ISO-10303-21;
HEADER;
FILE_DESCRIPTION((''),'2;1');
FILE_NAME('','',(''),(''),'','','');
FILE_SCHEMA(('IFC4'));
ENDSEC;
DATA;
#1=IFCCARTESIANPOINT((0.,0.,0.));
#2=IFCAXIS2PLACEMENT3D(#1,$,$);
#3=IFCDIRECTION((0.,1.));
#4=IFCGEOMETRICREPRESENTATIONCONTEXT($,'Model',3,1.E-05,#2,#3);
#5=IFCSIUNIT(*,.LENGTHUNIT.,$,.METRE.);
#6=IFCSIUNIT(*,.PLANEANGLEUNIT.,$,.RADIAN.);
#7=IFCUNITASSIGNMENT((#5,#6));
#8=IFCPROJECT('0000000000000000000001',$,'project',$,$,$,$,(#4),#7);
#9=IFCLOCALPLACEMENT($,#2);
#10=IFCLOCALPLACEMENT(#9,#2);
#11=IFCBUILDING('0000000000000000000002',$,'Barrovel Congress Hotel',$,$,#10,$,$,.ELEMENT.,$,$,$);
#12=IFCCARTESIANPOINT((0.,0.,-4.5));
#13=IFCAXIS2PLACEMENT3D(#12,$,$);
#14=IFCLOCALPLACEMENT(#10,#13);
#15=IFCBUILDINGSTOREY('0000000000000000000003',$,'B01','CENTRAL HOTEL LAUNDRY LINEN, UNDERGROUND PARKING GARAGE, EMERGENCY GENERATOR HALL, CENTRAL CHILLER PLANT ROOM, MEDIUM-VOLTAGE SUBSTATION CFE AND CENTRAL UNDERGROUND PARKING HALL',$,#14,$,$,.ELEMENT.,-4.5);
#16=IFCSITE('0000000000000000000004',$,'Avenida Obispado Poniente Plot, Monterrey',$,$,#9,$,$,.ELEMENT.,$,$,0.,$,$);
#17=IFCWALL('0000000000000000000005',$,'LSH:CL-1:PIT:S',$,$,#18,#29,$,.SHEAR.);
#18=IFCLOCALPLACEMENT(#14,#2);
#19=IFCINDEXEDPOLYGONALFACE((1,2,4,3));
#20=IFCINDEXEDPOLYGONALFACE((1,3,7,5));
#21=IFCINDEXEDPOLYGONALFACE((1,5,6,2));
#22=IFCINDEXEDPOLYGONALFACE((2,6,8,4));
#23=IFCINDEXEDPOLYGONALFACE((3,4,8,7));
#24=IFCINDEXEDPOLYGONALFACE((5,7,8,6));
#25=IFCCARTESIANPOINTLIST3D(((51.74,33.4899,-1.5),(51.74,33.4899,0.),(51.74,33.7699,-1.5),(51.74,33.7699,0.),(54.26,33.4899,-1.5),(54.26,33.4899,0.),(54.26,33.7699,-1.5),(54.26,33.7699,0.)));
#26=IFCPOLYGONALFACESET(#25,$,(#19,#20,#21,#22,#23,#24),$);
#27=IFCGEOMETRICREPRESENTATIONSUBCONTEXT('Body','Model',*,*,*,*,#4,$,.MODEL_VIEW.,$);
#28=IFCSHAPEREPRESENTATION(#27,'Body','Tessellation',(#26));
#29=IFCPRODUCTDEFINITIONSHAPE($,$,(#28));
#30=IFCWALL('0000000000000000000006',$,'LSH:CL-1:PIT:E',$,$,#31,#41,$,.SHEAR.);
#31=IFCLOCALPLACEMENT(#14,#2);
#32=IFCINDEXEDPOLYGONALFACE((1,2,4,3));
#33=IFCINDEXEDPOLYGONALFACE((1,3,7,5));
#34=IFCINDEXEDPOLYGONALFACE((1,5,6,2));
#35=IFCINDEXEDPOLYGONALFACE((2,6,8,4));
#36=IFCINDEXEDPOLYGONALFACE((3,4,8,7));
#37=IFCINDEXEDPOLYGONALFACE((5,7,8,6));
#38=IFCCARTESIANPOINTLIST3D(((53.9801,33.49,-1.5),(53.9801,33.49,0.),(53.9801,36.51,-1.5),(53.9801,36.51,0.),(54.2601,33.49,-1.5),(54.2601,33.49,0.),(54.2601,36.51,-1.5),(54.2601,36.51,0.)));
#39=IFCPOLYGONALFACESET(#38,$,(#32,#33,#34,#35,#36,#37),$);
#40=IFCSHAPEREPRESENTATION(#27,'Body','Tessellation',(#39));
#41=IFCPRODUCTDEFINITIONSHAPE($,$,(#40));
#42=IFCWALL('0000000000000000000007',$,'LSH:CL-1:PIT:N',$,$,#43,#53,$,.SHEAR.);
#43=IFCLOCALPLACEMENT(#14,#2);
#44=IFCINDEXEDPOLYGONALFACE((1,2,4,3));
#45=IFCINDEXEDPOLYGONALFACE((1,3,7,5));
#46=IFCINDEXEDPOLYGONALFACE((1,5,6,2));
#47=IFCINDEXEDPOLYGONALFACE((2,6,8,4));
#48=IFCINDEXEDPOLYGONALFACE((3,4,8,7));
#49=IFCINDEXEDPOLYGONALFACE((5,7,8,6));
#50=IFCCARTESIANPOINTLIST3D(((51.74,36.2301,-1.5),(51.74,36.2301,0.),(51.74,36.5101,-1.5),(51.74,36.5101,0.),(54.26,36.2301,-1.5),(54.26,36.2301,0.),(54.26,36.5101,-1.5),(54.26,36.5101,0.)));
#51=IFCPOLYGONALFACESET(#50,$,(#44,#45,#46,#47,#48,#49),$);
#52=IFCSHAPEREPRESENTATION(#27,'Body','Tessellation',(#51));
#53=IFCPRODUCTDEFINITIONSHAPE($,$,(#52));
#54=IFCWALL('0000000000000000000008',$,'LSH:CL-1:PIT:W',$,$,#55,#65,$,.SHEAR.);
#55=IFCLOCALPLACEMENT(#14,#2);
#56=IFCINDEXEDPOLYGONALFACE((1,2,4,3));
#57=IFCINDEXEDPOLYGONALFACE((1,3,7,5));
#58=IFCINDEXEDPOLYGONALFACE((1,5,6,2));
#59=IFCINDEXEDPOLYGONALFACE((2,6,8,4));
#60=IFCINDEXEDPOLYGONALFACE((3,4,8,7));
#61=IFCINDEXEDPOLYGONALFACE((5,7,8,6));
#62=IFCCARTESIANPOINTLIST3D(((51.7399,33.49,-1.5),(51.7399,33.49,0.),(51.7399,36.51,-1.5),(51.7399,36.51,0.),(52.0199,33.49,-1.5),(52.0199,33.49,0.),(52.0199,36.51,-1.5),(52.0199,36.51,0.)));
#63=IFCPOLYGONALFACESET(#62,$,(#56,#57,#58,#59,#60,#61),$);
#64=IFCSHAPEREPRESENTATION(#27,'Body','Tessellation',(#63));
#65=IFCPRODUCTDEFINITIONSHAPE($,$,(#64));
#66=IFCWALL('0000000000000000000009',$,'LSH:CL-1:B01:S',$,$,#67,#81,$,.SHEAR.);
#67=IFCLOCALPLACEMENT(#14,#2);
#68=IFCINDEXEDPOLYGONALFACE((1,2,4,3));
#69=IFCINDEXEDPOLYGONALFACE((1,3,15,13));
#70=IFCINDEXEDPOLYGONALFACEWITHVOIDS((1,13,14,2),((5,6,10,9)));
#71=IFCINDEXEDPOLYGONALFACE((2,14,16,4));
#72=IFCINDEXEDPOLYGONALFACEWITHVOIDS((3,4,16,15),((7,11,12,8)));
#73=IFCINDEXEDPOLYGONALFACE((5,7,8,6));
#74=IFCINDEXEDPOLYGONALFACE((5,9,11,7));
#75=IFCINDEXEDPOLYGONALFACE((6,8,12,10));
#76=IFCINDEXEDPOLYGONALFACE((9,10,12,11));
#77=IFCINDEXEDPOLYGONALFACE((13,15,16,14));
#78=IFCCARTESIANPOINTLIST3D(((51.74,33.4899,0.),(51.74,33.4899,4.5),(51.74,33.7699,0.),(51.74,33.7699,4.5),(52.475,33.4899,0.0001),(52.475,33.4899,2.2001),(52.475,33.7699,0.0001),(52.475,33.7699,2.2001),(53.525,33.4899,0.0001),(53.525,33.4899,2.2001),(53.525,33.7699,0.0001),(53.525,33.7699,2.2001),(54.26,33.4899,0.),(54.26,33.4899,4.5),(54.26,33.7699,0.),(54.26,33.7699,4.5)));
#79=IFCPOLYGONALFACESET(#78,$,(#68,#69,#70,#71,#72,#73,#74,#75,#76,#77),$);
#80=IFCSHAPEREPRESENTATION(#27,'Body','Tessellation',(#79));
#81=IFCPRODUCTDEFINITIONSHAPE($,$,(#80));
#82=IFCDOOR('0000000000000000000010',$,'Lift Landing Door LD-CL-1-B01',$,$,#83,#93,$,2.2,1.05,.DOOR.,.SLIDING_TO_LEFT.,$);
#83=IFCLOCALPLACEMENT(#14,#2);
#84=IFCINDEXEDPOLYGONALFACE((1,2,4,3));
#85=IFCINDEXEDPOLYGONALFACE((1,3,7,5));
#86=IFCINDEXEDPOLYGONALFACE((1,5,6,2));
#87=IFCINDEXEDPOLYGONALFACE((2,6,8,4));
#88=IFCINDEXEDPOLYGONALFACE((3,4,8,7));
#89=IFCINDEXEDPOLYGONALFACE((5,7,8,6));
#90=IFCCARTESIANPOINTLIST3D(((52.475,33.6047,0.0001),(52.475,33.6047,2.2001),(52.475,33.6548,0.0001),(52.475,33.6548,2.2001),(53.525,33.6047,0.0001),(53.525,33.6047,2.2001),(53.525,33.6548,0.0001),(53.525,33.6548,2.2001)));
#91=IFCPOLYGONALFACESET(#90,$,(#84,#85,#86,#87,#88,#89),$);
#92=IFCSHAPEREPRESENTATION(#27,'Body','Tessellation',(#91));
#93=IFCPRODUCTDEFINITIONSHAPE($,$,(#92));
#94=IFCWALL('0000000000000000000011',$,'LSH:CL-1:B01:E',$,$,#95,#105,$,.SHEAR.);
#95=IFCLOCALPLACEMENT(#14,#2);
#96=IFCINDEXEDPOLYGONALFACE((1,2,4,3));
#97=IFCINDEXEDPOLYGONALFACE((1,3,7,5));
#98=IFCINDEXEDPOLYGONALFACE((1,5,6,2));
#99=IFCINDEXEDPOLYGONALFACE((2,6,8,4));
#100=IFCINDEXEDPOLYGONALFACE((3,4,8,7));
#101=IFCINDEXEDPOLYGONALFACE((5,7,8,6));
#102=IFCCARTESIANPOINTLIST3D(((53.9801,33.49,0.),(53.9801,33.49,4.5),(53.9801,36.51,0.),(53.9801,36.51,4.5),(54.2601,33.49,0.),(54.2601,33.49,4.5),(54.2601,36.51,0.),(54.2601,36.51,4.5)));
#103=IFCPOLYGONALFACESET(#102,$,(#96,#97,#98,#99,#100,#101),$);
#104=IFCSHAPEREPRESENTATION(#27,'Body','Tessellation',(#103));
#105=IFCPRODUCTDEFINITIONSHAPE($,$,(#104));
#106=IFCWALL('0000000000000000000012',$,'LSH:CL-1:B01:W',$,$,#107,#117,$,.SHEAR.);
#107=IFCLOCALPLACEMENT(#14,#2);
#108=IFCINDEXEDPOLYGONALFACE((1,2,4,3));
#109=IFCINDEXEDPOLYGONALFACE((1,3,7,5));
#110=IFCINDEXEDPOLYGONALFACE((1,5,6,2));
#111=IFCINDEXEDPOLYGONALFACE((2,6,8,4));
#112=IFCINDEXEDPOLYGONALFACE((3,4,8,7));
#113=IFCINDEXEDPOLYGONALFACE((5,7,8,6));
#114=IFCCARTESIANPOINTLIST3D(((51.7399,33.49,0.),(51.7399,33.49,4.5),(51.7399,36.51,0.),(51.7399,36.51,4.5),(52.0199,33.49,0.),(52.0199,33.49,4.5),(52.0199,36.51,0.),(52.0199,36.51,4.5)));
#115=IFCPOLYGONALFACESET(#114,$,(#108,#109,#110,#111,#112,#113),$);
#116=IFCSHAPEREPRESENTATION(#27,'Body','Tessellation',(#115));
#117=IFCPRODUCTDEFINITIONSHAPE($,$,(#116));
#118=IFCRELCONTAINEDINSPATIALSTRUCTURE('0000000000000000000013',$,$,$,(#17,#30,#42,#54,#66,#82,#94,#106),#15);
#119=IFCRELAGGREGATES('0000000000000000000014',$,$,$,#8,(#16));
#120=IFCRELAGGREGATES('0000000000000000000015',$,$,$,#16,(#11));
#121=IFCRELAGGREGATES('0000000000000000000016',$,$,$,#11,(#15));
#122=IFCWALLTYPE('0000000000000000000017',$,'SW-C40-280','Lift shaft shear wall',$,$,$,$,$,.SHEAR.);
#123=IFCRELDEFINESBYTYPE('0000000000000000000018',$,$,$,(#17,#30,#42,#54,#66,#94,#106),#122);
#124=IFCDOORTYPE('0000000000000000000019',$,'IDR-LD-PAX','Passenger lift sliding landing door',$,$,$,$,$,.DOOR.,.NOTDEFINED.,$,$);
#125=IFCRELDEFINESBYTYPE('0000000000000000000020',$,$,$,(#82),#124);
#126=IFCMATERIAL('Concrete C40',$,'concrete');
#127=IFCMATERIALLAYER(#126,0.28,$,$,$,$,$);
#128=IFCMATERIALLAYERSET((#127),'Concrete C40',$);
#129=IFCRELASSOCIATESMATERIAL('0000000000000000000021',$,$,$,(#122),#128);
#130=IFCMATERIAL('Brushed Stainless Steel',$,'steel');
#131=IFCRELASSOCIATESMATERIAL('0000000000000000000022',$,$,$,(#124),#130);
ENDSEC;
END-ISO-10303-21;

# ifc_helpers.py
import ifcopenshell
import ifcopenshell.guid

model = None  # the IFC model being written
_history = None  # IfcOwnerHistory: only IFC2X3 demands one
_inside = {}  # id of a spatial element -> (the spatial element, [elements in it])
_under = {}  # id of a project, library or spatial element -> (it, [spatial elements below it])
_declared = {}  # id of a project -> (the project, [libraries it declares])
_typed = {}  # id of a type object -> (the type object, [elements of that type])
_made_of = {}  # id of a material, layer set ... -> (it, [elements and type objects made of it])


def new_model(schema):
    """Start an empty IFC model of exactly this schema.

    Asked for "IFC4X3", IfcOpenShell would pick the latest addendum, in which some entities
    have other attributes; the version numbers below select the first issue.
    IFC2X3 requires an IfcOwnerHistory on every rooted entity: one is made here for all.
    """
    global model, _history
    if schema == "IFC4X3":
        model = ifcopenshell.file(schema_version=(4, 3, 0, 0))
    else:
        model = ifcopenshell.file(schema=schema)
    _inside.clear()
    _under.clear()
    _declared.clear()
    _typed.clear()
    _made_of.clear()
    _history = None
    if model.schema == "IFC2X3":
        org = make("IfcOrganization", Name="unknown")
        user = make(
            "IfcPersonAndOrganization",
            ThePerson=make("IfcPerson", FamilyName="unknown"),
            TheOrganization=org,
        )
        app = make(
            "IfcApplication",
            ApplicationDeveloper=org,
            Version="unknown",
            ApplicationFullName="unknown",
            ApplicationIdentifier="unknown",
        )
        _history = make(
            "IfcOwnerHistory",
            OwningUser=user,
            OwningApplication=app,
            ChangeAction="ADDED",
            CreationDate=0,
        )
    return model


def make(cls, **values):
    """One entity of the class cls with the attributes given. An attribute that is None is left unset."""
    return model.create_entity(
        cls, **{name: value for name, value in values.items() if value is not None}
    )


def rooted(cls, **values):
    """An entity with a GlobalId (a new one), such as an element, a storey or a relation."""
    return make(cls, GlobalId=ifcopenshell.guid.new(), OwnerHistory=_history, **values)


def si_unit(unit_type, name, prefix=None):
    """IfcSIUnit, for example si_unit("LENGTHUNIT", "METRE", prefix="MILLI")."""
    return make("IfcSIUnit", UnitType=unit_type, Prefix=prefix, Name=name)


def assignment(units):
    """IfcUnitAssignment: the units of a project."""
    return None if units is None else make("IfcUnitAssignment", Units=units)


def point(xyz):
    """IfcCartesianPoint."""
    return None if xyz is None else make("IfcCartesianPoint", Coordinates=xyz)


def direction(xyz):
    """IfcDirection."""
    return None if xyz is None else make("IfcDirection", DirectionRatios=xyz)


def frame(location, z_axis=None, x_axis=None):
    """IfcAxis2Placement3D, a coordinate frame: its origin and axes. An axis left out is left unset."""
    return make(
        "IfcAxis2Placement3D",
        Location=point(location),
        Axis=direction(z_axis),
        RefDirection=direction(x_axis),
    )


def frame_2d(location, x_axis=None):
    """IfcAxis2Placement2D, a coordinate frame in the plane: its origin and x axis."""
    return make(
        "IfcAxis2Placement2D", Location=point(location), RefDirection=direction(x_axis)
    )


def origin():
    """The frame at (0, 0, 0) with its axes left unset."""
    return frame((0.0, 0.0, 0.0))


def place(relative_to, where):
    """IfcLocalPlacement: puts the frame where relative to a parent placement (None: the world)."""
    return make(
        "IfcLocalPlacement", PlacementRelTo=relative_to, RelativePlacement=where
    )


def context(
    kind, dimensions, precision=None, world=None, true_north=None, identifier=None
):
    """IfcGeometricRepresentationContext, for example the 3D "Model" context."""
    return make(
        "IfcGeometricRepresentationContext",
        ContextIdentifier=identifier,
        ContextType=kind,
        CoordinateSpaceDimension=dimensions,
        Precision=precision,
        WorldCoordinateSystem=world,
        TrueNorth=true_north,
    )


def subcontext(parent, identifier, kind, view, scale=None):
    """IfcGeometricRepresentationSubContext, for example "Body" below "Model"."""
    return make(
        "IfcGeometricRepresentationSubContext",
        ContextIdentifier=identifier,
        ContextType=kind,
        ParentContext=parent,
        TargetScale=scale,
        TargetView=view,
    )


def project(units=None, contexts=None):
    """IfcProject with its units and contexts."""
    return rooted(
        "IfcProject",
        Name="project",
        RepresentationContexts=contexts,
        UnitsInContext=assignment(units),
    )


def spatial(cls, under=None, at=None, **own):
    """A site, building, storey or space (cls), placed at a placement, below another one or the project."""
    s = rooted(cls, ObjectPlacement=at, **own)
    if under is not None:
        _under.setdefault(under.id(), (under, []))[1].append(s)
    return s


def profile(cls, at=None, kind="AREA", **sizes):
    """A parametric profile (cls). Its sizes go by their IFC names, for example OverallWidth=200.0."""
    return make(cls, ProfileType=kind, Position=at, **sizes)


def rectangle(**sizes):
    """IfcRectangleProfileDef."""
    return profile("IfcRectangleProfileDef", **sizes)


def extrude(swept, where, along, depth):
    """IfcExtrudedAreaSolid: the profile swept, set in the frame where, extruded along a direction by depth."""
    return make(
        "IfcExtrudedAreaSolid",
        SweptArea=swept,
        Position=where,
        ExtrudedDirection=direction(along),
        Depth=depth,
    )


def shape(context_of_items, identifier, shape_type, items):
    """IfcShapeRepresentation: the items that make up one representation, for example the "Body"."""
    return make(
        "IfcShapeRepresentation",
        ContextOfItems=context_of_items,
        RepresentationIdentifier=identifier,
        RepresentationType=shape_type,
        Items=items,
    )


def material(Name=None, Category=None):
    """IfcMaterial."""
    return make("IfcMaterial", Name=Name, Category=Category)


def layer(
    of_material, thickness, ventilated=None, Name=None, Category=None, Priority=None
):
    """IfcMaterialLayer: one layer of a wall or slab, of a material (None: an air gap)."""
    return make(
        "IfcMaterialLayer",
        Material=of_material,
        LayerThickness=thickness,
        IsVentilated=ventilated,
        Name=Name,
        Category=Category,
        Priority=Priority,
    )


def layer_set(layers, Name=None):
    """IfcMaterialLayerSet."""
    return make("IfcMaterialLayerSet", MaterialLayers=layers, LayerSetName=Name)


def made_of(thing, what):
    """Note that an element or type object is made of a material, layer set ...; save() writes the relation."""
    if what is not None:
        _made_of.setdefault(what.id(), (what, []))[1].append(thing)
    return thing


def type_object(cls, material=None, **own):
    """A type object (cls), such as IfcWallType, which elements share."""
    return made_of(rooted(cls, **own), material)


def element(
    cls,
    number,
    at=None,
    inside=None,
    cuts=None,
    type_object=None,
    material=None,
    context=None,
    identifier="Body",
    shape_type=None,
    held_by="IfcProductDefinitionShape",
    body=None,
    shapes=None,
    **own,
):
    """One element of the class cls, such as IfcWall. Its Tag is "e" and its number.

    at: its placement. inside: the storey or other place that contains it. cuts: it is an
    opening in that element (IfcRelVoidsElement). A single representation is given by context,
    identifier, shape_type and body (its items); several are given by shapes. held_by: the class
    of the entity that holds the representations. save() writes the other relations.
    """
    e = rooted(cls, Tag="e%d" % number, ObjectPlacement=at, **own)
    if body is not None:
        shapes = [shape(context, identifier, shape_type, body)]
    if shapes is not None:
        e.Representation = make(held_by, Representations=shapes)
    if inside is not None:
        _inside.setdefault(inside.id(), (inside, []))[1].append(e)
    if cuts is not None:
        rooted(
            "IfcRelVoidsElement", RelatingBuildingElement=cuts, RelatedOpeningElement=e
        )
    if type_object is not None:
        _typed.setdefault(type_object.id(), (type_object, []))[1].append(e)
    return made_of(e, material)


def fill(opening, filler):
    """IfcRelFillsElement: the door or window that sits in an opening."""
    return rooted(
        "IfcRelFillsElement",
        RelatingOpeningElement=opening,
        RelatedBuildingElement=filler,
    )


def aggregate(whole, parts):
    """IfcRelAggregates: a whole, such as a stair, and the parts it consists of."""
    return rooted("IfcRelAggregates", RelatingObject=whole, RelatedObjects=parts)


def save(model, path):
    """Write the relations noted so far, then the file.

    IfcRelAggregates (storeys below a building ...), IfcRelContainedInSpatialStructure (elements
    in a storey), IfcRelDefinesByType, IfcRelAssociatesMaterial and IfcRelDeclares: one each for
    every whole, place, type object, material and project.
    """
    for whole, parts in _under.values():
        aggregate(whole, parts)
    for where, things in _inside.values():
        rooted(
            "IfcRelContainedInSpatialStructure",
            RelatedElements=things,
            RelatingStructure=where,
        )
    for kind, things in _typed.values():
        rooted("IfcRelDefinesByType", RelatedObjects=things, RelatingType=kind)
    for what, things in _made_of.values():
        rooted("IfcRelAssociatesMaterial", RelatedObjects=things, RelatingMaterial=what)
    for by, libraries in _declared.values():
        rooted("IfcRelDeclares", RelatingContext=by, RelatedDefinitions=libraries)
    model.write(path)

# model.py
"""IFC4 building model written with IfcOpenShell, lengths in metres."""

from ifc_helpers import new_model, si_unit, direction, frame, frame_2d, origin, place, context, subcontext, project, spatial, rectangle, extrude, material, layer, layer_set, type_object, element, fill, save


model = new_model("IFC4")

# Units and contexts
model_context = context("Model", 3, precision=1e-05, world=origin(), true_north=direction((0.0, 1.0)))
body_context = subcontext(model_context, "Body", "Model", "MODEL_VIEW")
ifc_project = project(units=[si_unit("LENGTHUNIT", "METRE"), si_unit("PLANEANGLEUNIT", "RADIAN")], contexts=[model_context])

# Site, building, storey
site_placement = place(None, origin())
site = spatial("IfcSite", under=ifc_project, at=site_placement, Name="Avenida Obispado Poniente Plot, Monterrey", CompositionType="ELEMENT", RefElevation=0.0)
building_placement = place(site_placement, origin())
building = spatial("IfcBuilding", under=site, at=building_placement, Name="Barrovel Congress Hotel", CompositionType="ELEMENT")
storey_placement = place(building_placement, frame((0.0, 0.0, -4.5)))
storey = spatial("IfcBuildingStorey", under=building, at=storey_placement, Name="B01", Description="CENTRAL HOTEL LAUNDRY LINEN, UNDERGROUND PARKING GARAGE, EMERGENCY GENERATOR HALL, CENTRAL CHILLER PLANT ROOM, MEDIUM-VOLTAGE SUBSTATION CFE AND CENTRAL UNDERGROUND PARKING HALL", CompositionType="ELEMENT", Elevation=-4.5)

# Shared definitions
ifc_material_1 = material(Name="Concrete C40", Category="concrete")

# Walls
ifc_layer_1 = layer(ifc_material_1, 0.28)
ifc_layer_set_1 = layer_set([ifc_layer_1], Name="Concrete C40")
wall_type_1 = type_object("IfcWallType", Name="SW-C40-280", Description="Lift shaft shear wall", PredefinedType="SHEAR", material=ifc_layer_set_1)
wall_1_placement = place(storey_placement, frame((51.74, 33.6299, -1.5), z_axis=(0.0, 0.0, 1.0), x_axis=(1.0, 0.0, 0.0)))
element("IfcWall", 1, at=wall_1_placement, inside=storey, type_object=wall_type_1, Name="LSH:CL-1:PIT:S", PredefinedType="SHEAR", context=body_context, shape_type="SweptSolid", body=[
    extrude(rectangle(XDim=2.52, YDim=0.28, at=frame_2d((1.26, 0.0))), origin(), (0.0, 0.0, 1.0), 1.5),
])
wall_2_placement = place(storey_placement, frame((54.1201, 33.49, -1.5), z_axis=(0.0, 0.0, 1.0), x_axis=(0.0, 1.0, 0.0)))
element("IfcWall", 2, at=wall_2_placement, inside=storey, type_object=wall_type_1, Name="LSH:CL-1:PIT:E", PredefinedType="SHEAR", context=body_context, shape_type="SweptSolid", body=[
    extrude(rectangle(XDim=3.02, YDim=0.28, at=frame_2d((1.51, 0.0))), origin(), (0.0, 0.0, 1.0), 1.5),
])
wall_3_placement = place(storey_placement, frame((54.26, 36.3701, -1.5), z_axis=(0.0, 0.0, 1.0), x_axis=(-1.0, 0.0, 0.0)))
element("IfcWall", 3, at=wall_3_placement, inside=storey, type_object=wall_type_1, Name="LSH:CL-1:PIT:N", PredefinedType="SHEAR", context=body_context, shape_type="SweptSolid", body=[
    extrude(rectangle(XDim=2.52, YDim=0.28, at=frame_2d((1.26, 0.0))), origin(), (0.0, 0.0, 1.0), 1.5),
])
wall_4_placement = place(storey_placement, frame((51.8799, 36.51, -1.5), z_axis=(0.0, 0.0, 1.0), x_axis=(0.0, -1.0, 0.0)))
element("IfcWall", 4, at=wall_4_placement, inside=storey, type_object=wall_type_1, Name="LSH:CL-1:PIT:W", PredefinedType="SHEAR", context=body_context, shape_type="SweptSolid", body=[
    extrude(rectangle(XDim=3.02, YDim=0.28, at=frame_2d((1.51, 0.0))), origin(), (0.0, 0.0, 1.0), 1.5),
])

# Wall, opening, door
wall_5_placement = place(storey_placement, frame((51.74, 33.6299, 0.0), z_axis=(0.0, 0.0, 1.0), x_axis=(1.0, 0.0, 0.0)))
wall_5 = element("IfcWall", 5, at=wall_5_placement, inside=storey, type_object=wall_type_1, Name="LSH:CL-1:B01:S", PredefinedType="SHEAR", context=body_context, shape_type="SweptSolid", body=[
    extrude(rectangle(XDim=2.52, YDim=0.28, at=frame_2d((1.26, 0.0))), origin(), (0.0, 0.0, 1.0), 4.5),
])
opening_1_placement = place(wall_5_placement, frame((0.7351, 0.0, 0.0)))
opening_1 = element("IfcOpeningElement", 6, at=opening_1_placement, cuts=wall_5, PredefinedType="OPENING", context=body_context, shape_type="SweptSolid", body=[
    extrude(rectangle(XDim=1.05, YDim=2.2, at=frame_2d((0.5249, 1.1001))), frame((0.0, 0.1499, 0.0), z_axis=(0.0, -1.0, 0.0), x_axis=(1.0, 0.0, 0.0)), (0.0, 0.0, 1.0), 0.3),
])
ifc_material_2 = material(Name="Brushed Stainless Steel", Category="steel")
door_type_1 = type_object("IfcDoorType", Name="IDR-LD-PAX", Description="Passenger lift sliding landing door", OperationType="NOTDEFINED", PredefinedType="DOOR", material=ifc_material_2)
door_1_placement = place(opening_1_placement, origin())
door_1 = element("IfcDoor", 7, at=door_1_placement, inside=storey, type_object=door_type_1, Name="Lift Landing Door LD-CL-1-B01", OperationType="SLIDING_TO_LEFT", OverallHeight=2.2, OverallWidth=1.05, PredefinedType="DOOR", context=body_context, shape_type="SweptSolid", body=[
    extrude(rectangle(XDim=1.05, YDim=2.2, at=frame_2d((0.5249, 1.1001))), frame((0.0, 0.0249, 0.0), z_axis=(0.0, -1.0, 0.0), x_axis=(1.0, 0.0, 0.0)), (0.0, 0.0, 1.0), 0.05),
])
fill(opening_1, door_1)

# Walls
for number, where, z_axis, x_axis, name in (
    (8, (54.1201, 33.49, 0.0), (0.0, 0.0, 1.0), (0.0, 1.0, 0.0), "LSH:CL-1:B01:E"),
    (9, (51.8799, 36.51, 0.0), (0.0, 0.0, 1.0), (0.0, -1.0, 0.0), "LSH:CL-1:B01:W"),
):
    element("IfcWall", number, at=place(storey_placement, frame(where, z_axis=z_axis, x_axis=x_axis)), inside=storey, type_object=wall_type_1, Name=name, PredefinedType="SHEAR", context=body_context, shape_type="SweptSolid", body=[
        extrude(rectangle(XDim=3.02, YDim=0.28, at=frame_2d((1.51, 0.0))), origin(), (0.0, 0.0, 1.0), 4.5),
    ])

save(model, "model.ifc")
